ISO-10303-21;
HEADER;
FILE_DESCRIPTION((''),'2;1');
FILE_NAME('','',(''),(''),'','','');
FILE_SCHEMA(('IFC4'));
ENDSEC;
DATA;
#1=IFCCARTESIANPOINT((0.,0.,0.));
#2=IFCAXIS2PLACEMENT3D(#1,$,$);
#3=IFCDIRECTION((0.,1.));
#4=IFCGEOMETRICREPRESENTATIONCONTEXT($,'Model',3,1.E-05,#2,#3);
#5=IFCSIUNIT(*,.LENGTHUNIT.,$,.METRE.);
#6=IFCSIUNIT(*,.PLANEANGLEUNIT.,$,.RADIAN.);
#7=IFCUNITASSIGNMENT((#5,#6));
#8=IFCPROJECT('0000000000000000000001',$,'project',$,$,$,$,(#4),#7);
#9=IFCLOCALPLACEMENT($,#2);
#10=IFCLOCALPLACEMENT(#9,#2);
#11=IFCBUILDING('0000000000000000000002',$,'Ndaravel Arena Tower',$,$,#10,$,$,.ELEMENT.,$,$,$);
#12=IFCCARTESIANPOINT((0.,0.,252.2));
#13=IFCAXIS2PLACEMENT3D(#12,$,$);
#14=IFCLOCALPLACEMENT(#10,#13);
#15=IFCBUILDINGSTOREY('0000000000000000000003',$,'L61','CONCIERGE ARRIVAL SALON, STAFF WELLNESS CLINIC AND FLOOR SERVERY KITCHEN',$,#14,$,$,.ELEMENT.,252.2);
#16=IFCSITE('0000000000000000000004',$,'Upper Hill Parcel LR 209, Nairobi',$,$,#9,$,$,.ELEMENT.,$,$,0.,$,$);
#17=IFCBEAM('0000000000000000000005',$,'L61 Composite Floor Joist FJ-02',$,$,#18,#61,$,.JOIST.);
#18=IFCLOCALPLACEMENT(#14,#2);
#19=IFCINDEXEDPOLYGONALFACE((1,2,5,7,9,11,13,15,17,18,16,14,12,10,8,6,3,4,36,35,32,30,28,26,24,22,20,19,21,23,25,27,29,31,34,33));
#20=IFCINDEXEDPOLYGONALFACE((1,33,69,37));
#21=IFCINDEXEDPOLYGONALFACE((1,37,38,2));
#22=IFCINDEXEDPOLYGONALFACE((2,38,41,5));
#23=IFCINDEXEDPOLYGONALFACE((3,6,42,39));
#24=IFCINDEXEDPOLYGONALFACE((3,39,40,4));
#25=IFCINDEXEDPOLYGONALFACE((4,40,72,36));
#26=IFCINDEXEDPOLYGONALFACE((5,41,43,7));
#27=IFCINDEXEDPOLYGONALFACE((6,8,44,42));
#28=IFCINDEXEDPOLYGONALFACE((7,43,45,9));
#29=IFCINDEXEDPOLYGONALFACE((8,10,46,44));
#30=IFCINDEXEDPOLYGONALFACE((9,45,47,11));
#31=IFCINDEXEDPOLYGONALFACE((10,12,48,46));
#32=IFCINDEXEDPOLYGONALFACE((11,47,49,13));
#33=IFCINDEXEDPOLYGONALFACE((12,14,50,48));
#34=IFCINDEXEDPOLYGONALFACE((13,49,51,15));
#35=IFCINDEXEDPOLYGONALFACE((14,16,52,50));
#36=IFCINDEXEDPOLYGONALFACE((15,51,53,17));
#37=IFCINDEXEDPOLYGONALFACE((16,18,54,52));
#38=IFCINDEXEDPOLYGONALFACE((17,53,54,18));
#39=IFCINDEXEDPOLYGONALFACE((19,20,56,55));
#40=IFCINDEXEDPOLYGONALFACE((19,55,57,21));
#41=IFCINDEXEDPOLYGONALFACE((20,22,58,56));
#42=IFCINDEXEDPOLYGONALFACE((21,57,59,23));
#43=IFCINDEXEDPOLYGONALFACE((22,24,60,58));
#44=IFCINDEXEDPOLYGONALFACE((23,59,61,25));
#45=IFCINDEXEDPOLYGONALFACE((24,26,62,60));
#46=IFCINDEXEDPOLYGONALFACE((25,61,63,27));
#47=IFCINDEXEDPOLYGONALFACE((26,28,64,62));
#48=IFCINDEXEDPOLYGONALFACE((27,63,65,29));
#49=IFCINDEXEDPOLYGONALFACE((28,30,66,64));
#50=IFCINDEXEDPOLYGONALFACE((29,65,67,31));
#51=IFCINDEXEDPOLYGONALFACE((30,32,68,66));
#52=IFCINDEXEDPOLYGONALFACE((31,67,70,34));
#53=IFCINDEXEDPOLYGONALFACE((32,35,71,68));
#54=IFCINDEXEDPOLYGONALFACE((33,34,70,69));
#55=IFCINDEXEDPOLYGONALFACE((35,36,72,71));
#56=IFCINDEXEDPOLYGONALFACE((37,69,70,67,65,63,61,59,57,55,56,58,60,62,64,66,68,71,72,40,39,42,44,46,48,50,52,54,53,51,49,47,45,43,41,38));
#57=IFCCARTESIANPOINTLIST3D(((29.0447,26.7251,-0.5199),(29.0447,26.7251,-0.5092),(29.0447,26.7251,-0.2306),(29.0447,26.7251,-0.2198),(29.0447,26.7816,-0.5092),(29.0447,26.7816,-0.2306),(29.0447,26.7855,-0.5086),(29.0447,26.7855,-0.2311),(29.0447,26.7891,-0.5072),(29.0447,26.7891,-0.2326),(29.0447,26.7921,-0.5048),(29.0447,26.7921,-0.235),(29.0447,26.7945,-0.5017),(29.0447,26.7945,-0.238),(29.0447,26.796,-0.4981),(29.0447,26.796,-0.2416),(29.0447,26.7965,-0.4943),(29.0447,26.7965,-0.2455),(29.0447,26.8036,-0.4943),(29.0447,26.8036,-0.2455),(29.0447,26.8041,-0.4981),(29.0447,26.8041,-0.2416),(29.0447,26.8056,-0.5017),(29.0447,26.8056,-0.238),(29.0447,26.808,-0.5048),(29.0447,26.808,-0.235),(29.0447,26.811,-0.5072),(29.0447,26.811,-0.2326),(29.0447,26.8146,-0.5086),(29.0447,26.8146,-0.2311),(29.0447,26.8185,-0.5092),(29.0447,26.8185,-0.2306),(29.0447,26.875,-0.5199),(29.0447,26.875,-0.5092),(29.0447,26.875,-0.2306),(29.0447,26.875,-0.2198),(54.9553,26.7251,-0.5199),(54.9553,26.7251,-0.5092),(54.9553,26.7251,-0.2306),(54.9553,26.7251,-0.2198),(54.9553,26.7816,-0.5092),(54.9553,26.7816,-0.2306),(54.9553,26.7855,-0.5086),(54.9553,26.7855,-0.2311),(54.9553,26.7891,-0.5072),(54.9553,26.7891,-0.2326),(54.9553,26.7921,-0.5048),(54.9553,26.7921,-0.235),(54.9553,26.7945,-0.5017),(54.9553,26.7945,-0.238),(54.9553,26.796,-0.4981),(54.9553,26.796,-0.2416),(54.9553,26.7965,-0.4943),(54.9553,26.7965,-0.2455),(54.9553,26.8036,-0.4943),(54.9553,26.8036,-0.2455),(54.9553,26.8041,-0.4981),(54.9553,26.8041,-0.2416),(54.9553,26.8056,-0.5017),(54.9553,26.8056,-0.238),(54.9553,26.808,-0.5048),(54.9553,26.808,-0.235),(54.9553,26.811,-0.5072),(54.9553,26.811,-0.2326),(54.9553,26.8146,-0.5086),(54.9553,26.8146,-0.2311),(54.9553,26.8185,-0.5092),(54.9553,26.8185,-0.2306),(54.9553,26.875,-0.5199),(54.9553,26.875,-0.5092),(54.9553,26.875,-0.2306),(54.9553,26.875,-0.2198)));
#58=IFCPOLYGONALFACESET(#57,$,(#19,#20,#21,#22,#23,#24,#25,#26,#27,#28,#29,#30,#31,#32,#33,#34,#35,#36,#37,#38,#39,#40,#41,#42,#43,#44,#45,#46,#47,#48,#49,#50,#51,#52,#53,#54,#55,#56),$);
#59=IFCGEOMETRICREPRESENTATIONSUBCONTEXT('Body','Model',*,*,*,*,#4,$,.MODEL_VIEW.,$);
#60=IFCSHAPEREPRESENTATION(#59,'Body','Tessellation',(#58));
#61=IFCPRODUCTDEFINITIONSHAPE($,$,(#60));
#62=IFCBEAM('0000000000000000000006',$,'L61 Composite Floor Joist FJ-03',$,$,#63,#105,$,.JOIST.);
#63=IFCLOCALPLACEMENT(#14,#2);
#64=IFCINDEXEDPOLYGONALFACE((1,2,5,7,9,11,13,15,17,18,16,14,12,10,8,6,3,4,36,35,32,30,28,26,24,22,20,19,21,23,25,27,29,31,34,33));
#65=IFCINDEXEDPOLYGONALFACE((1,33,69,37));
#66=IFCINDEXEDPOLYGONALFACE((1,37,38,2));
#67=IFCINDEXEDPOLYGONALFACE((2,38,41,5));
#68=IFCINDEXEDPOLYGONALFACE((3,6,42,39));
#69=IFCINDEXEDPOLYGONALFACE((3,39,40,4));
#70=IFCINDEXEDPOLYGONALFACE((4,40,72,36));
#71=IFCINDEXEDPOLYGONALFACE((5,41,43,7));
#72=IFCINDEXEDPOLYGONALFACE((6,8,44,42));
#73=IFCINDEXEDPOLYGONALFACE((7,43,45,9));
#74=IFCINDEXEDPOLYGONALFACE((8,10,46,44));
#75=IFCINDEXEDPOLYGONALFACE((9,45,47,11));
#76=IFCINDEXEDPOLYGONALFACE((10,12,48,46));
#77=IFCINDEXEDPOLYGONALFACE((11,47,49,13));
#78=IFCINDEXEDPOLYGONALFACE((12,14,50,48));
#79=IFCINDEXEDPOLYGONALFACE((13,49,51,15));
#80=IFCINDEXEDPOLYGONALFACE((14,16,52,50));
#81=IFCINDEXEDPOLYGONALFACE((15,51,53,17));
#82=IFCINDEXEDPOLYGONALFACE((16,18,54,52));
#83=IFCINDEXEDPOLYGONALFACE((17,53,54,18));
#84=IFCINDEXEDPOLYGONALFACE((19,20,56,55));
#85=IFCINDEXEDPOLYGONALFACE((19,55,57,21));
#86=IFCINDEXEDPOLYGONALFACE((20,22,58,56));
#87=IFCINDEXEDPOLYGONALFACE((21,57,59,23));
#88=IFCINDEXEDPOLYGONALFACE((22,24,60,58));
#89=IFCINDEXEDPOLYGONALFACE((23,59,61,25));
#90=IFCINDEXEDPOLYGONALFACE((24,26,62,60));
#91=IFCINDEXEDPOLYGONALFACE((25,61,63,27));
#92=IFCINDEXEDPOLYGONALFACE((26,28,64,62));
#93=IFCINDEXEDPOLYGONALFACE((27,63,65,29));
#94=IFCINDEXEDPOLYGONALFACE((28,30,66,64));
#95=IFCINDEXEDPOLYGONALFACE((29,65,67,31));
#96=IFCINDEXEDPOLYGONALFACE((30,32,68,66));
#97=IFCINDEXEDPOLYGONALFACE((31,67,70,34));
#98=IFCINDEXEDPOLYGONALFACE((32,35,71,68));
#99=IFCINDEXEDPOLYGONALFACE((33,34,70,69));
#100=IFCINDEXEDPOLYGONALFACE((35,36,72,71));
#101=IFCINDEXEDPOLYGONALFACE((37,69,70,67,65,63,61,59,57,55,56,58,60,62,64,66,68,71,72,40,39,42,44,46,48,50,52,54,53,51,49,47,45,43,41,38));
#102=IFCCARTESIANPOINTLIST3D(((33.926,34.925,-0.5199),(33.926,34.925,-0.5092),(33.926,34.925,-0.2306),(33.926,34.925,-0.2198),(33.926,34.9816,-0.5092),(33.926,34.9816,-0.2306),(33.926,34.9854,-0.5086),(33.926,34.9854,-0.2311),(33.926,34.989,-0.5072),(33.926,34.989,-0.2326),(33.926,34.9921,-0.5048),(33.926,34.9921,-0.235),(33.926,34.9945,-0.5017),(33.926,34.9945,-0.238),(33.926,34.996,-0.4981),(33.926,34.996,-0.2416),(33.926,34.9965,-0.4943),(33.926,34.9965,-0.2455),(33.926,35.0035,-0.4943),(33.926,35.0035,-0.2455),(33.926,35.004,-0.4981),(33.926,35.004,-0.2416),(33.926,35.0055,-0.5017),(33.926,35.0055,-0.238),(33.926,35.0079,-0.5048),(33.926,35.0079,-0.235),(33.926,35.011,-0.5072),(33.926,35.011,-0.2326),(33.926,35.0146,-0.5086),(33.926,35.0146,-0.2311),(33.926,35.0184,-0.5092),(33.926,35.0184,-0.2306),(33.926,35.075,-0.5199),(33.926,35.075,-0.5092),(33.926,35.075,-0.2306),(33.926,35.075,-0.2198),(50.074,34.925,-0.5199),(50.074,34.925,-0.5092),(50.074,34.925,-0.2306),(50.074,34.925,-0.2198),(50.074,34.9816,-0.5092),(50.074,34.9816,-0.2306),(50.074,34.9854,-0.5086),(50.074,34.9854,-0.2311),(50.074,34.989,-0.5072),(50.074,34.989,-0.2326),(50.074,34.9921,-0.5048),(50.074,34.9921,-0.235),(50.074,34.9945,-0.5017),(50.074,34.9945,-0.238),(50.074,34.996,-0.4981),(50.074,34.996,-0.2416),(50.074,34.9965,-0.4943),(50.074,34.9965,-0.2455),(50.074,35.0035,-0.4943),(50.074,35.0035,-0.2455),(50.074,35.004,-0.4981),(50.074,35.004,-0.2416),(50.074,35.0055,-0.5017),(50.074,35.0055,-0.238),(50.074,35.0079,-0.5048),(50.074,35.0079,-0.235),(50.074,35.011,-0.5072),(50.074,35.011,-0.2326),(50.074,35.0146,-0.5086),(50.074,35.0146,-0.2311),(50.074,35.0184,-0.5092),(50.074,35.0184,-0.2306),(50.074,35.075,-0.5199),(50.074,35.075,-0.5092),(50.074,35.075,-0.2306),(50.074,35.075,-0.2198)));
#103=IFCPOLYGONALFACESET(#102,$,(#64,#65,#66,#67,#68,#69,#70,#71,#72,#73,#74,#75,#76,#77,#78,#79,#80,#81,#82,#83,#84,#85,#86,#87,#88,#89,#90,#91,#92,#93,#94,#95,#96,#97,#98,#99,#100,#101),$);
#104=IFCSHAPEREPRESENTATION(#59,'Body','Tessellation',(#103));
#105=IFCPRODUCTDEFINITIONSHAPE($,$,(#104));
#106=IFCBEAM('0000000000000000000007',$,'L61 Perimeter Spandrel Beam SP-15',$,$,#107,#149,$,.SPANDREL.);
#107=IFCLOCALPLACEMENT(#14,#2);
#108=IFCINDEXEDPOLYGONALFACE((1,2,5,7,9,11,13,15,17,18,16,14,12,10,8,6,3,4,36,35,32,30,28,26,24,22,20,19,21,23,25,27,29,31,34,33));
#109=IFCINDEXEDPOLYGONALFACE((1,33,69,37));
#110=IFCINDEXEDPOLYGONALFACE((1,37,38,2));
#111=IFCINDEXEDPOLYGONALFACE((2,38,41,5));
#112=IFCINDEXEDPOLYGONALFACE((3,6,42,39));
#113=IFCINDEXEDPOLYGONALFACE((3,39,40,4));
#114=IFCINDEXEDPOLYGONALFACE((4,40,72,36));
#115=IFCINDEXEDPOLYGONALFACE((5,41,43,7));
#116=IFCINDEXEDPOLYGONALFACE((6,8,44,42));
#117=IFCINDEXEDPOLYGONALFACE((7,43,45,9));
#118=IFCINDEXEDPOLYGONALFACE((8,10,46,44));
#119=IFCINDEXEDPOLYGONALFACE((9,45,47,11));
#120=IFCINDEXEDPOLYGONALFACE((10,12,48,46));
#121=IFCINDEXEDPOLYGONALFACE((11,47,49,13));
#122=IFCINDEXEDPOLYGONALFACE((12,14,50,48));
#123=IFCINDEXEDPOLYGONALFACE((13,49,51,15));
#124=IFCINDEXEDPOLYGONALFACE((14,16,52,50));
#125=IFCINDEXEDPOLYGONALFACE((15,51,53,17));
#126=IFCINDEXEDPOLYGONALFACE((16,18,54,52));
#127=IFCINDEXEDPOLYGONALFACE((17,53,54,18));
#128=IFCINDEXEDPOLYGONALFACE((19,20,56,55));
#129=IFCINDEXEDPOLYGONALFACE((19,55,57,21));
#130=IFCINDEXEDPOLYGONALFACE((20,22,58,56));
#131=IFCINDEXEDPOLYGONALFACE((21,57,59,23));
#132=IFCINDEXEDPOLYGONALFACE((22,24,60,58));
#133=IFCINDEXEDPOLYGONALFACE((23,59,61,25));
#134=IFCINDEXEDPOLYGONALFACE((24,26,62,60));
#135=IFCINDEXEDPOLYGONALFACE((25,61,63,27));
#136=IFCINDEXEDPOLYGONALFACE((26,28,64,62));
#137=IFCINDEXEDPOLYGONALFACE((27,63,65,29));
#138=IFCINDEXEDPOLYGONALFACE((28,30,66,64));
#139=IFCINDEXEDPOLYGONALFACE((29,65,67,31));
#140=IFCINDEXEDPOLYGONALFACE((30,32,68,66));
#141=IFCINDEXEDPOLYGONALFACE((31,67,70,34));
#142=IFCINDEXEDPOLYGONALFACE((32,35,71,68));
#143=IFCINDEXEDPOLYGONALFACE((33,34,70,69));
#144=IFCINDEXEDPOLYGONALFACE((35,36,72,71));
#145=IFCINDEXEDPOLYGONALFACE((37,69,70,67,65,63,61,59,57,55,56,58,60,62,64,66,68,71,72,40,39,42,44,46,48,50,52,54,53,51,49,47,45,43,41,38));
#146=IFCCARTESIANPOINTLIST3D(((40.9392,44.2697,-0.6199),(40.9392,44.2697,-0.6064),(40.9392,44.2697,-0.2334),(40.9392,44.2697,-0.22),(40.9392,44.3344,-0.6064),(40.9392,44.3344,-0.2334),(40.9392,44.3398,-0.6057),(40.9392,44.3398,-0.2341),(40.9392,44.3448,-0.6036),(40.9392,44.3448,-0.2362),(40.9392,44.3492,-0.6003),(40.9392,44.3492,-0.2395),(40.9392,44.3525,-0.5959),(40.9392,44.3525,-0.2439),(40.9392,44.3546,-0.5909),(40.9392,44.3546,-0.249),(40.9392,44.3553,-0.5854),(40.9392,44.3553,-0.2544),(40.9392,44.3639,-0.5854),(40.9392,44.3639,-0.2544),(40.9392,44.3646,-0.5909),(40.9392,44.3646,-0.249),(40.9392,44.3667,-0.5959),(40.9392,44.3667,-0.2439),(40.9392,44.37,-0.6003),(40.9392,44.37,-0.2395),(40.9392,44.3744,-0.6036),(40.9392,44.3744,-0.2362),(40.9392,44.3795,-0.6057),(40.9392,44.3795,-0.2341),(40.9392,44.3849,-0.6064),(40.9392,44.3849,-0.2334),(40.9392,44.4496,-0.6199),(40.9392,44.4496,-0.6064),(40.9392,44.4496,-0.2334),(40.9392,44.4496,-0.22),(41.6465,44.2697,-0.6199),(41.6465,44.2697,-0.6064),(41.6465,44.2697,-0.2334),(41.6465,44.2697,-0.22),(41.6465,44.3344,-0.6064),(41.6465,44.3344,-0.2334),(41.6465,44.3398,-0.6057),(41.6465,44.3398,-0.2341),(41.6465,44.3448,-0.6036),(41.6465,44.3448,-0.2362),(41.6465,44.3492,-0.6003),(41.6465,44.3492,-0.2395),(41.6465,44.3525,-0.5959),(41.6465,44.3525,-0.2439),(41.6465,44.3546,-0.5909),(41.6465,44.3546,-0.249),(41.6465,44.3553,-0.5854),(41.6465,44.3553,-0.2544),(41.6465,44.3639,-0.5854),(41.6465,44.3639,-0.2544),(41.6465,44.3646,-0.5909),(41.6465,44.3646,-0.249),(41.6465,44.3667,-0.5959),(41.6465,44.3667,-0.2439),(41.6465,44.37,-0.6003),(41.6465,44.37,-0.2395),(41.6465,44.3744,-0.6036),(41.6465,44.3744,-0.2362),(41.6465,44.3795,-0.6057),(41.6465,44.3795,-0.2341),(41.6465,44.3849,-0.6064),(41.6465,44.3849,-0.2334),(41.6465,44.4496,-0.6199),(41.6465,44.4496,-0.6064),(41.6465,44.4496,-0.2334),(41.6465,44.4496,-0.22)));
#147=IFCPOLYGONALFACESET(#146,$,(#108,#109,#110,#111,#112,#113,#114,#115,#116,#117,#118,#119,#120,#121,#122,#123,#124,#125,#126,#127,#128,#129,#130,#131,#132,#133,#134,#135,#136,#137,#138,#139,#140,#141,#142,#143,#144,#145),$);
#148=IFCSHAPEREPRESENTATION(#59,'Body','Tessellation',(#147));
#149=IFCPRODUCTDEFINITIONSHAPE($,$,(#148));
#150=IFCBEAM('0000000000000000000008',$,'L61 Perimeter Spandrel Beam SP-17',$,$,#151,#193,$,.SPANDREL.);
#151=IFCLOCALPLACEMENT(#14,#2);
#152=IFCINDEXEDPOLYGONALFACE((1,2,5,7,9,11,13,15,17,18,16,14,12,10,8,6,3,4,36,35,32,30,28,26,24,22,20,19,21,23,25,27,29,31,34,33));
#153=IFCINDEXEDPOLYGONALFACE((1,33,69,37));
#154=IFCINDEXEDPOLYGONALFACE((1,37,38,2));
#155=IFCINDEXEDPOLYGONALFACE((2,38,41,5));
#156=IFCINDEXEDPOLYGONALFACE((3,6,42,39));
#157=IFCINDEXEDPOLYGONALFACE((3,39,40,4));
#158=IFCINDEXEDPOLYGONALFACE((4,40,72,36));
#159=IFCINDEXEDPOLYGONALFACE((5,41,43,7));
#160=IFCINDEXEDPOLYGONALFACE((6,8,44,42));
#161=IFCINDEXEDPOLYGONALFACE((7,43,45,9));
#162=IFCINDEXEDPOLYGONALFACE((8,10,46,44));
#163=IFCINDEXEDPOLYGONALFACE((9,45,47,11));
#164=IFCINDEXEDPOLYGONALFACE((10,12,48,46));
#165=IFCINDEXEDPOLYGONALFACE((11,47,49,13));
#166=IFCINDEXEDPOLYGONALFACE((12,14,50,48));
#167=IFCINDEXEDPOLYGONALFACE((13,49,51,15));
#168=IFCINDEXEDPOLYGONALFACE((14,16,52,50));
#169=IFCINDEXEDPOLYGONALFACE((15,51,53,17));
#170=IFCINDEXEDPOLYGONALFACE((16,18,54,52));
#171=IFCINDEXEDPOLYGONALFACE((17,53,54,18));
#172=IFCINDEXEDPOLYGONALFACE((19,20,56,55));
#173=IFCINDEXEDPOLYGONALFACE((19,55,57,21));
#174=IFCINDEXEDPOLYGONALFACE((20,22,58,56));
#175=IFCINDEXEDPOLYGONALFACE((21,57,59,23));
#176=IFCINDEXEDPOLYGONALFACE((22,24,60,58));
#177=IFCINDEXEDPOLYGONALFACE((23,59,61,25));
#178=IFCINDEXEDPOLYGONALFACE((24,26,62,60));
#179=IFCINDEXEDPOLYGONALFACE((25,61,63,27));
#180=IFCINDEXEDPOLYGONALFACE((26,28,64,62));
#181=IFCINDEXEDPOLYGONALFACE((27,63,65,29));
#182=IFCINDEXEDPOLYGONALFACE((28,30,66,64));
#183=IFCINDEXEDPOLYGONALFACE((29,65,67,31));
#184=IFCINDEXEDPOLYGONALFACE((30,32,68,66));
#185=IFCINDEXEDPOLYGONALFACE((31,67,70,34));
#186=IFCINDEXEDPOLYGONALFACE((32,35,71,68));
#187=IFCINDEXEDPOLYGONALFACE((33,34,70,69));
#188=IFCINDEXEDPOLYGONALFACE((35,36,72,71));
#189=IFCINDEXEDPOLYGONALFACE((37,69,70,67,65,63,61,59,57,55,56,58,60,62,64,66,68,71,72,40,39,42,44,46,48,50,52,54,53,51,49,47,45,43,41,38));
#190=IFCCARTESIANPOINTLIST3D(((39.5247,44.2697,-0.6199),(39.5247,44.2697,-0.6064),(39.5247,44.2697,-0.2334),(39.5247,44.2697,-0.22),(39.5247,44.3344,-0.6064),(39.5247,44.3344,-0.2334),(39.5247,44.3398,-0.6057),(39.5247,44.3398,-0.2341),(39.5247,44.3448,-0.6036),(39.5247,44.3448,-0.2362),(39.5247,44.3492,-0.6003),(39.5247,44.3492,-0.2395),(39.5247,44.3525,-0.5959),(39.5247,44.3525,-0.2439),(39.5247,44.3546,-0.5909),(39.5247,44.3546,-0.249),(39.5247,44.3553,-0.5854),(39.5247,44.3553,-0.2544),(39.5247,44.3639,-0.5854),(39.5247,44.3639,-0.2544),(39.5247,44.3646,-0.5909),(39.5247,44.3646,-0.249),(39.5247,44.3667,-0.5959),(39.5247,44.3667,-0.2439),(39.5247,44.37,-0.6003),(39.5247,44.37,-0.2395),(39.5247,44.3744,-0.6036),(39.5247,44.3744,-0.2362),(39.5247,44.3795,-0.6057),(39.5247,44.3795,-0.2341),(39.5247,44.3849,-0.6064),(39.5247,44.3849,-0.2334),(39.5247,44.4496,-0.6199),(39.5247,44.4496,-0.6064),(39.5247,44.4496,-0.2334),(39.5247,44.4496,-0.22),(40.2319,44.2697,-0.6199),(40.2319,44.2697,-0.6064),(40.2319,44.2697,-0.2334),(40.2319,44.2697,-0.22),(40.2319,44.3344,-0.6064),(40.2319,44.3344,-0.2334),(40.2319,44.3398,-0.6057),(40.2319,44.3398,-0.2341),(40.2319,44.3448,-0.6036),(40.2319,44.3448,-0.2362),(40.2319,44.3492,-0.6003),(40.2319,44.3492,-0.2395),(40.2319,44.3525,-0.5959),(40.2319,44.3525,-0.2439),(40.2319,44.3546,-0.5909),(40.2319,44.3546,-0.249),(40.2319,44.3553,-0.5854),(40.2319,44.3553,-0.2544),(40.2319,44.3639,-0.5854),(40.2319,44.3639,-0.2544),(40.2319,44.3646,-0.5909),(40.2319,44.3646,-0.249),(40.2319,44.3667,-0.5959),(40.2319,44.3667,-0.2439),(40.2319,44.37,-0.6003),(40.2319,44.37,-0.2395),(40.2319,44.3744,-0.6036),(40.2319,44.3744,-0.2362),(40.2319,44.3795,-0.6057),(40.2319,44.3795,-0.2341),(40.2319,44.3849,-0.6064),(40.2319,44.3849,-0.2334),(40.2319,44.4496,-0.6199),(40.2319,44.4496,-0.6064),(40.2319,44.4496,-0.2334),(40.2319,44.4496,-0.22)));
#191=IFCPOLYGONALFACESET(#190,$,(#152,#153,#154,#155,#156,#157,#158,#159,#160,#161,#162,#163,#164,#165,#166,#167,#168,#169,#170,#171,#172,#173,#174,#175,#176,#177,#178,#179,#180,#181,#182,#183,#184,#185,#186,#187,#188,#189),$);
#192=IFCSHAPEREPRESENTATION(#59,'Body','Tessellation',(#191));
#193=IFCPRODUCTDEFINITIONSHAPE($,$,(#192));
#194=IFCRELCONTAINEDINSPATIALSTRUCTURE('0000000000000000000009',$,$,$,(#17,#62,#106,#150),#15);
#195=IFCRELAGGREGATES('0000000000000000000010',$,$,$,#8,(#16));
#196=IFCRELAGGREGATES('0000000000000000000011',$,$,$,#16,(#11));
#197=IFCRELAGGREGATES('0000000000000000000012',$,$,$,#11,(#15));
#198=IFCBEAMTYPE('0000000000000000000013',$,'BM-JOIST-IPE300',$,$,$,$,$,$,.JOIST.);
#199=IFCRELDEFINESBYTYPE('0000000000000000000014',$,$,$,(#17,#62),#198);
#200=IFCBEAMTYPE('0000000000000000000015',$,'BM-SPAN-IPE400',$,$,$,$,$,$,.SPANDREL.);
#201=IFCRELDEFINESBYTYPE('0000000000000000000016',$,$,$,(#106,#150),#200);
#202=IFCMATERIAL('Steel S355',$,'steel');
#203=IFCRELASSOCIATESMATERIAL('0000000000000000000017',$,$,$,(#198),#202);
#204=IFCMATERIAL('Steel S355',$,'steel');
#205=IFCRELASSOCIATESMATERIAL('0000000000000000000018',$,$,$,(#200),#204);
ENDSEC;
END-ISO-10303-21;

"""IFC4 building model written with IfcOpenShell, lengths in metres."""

from ifc_helpers import new_model, si_unit, direction, frame, origin, origin_2d, place, context, subcontext, project, spatial, i_section, extrude, material, material_profile, profile_set, type_object, element, save


model = new_model("IFC4")

# Units and contexts
model_context = context("Model", 3, precision=1e-05, world=origin(), true_north=direction((0.0, 1.0)))
body_context = subcontext(model_context, "Body", "Model", "MODEL_VIEW")
ifc_project = project(units=[si_unit("LENGTHUNIT", "METRE"), si_unit("PLANEANGLEUNIT", "RADIAN")], contexts=[model_context])

# Site, building, storey
site_placement = place(None, origin())
site = spatial("IfcSite", under=ifc_project, at=site_placement, Name="Upper Hill Parcel LR 209, Nairobi", CompositionType="ELEMENT", RefElevation=0.0)
building_placement = place(site_placement, origin())
building = spatial("IfcBuilding", under=site, at=building_placement, Name="Ndaravel Arena Tower", CompositionType="ELEMENT")
storey_placement = place(building_placement, frame((0.0, 0.0, 252.2)))
storey = spatial("IfcBuildingStorey", under=building, at=storey_placement, Name="L61", Description="CONCIERGE ARRIVAL SALON, STAFF WELLNESS CLINIC AND FLOOR SERVERY KITCHEN", CompositionType="ELEMENT", Elevation=252.2)

# Beams
ifc_material_1 = material(Name="Steel S355", Category="steel")
ifc_material_profile_1 = material_profile(ifc_material_1, i_section(OverallWidth=0.1499, OverallDepth=0.3, WebThickness=0.0071, FlangeThickness=0.0107, FilletRadius=0.0149, at=origin_2d()), Name="IPE 300")
ifc_profile_set_1 = profile_set([ifc_material_profile_1], Name="Steel S355")
beam_type_1 = type_object("IfcBeamType", Name="BM-JOIST-IPE300", PredefinedType="JOIST", material=ifc_profile_set_1)
beam_1_placement = place(storey_placement, frame((29.0447, 26.8, -0.3699), z_axis=(1.0, 0.0, 0.0), x_axis=(0.0, 1.0, 0.0)))
element("IfcBeam", 1, at=beam_1_placement, inside=storey, type_object=beam_type_1, Name="L61 Composite Floor Joist FJ-02", PredefinedType="JOIST", context=body_context, shape_type="SweptSolid", body=[
    extrude(i_section(OverallWidth=0.1499, OverallDepth=0.3, WebThickness=0.0071, FlangeThickness=0.0107, FilletRadius=0.0149, at=origin_2d()), origin(), (0.0, 0.0, 1.0), 25.9106),
])
beam_2_placement = place(storey_placement, frame((33.926, 35.0, -0.3699), z_axis=(1.0, 0.0, 0.0), x_axis=(0.0, 1.0, 0.0)))
element("IfcBeam", 2, at=beam_2_placement, inside=storey, type_object=beam_type_1, Name="L61 Composite Floor Joist FJ-03", PredefinedType="JOIST", context=body_context, shape_type="SweptSolid", body=[
    extrude(i_section(OverallWidth=0.1499, OverallDepth=0.3, WebThickness=0.0071, FlangeThickness=0.0107, FilletRadius=0.0149, at=origin_2d()), origin(), (0.0, 0.0, 1.0), 16.1479),
])
ifc_material_2 = material(Name="Steel S355", Category="steel")
ifc_material_profile_2 = material_profile(ifc_material_2, i_section(OverallWidth=0.1799, OverallDepth=0.3999, WebThickness=0.0085, FlangeThickness=0.0134, FilletRadius=0.021, at=origin_2d()), Name="IPE 400")
ifc_profile_set_2 = profile_set([ifc_material_profile_2], Name="Steel S355")
beam_type_2 = type_object("IfcBeamType", Name="BM-SPAN-IPE400", PredefinedType="SPANDREL", material=ifc_profile_set_2)
for number, where, z_axis, x_axis, name in (
    (3, (41.6465, 44.3596, -0.4199), (-1.0, 0.0, 0.0), (0.0, -1.0, 0.0), "L61 Perimeter Spandrel Beam SP-15"),
    (4, (40.2319, 44.3596, -0.4199), (-1.0, 0.0, 0.0), (0.0, -1.0, 0.0), "L61 Perimeter Spandrel Beam SP-17"),
):
    element("IfcBeam", number, at=place(storey_placement, frame(where, z_axis=z_axis, x_axis=x_axis)), inside=storey, type_object=beam_type_2, Name=name, PredefinedType="SPANDREL", context=body_context, shape_type="SweptSolid", body=[
        extrude(i_section(OverallWidth=0.1799, OverallDepth=0.3999, WebThickness=0.0085, FlangeThickness=0.0134, FilletRadius=0.021, at=origin_2d()), origin(), (0.0, 0.0, 1.0), 0.7073),
    ])

save(model, "model.ifc")
